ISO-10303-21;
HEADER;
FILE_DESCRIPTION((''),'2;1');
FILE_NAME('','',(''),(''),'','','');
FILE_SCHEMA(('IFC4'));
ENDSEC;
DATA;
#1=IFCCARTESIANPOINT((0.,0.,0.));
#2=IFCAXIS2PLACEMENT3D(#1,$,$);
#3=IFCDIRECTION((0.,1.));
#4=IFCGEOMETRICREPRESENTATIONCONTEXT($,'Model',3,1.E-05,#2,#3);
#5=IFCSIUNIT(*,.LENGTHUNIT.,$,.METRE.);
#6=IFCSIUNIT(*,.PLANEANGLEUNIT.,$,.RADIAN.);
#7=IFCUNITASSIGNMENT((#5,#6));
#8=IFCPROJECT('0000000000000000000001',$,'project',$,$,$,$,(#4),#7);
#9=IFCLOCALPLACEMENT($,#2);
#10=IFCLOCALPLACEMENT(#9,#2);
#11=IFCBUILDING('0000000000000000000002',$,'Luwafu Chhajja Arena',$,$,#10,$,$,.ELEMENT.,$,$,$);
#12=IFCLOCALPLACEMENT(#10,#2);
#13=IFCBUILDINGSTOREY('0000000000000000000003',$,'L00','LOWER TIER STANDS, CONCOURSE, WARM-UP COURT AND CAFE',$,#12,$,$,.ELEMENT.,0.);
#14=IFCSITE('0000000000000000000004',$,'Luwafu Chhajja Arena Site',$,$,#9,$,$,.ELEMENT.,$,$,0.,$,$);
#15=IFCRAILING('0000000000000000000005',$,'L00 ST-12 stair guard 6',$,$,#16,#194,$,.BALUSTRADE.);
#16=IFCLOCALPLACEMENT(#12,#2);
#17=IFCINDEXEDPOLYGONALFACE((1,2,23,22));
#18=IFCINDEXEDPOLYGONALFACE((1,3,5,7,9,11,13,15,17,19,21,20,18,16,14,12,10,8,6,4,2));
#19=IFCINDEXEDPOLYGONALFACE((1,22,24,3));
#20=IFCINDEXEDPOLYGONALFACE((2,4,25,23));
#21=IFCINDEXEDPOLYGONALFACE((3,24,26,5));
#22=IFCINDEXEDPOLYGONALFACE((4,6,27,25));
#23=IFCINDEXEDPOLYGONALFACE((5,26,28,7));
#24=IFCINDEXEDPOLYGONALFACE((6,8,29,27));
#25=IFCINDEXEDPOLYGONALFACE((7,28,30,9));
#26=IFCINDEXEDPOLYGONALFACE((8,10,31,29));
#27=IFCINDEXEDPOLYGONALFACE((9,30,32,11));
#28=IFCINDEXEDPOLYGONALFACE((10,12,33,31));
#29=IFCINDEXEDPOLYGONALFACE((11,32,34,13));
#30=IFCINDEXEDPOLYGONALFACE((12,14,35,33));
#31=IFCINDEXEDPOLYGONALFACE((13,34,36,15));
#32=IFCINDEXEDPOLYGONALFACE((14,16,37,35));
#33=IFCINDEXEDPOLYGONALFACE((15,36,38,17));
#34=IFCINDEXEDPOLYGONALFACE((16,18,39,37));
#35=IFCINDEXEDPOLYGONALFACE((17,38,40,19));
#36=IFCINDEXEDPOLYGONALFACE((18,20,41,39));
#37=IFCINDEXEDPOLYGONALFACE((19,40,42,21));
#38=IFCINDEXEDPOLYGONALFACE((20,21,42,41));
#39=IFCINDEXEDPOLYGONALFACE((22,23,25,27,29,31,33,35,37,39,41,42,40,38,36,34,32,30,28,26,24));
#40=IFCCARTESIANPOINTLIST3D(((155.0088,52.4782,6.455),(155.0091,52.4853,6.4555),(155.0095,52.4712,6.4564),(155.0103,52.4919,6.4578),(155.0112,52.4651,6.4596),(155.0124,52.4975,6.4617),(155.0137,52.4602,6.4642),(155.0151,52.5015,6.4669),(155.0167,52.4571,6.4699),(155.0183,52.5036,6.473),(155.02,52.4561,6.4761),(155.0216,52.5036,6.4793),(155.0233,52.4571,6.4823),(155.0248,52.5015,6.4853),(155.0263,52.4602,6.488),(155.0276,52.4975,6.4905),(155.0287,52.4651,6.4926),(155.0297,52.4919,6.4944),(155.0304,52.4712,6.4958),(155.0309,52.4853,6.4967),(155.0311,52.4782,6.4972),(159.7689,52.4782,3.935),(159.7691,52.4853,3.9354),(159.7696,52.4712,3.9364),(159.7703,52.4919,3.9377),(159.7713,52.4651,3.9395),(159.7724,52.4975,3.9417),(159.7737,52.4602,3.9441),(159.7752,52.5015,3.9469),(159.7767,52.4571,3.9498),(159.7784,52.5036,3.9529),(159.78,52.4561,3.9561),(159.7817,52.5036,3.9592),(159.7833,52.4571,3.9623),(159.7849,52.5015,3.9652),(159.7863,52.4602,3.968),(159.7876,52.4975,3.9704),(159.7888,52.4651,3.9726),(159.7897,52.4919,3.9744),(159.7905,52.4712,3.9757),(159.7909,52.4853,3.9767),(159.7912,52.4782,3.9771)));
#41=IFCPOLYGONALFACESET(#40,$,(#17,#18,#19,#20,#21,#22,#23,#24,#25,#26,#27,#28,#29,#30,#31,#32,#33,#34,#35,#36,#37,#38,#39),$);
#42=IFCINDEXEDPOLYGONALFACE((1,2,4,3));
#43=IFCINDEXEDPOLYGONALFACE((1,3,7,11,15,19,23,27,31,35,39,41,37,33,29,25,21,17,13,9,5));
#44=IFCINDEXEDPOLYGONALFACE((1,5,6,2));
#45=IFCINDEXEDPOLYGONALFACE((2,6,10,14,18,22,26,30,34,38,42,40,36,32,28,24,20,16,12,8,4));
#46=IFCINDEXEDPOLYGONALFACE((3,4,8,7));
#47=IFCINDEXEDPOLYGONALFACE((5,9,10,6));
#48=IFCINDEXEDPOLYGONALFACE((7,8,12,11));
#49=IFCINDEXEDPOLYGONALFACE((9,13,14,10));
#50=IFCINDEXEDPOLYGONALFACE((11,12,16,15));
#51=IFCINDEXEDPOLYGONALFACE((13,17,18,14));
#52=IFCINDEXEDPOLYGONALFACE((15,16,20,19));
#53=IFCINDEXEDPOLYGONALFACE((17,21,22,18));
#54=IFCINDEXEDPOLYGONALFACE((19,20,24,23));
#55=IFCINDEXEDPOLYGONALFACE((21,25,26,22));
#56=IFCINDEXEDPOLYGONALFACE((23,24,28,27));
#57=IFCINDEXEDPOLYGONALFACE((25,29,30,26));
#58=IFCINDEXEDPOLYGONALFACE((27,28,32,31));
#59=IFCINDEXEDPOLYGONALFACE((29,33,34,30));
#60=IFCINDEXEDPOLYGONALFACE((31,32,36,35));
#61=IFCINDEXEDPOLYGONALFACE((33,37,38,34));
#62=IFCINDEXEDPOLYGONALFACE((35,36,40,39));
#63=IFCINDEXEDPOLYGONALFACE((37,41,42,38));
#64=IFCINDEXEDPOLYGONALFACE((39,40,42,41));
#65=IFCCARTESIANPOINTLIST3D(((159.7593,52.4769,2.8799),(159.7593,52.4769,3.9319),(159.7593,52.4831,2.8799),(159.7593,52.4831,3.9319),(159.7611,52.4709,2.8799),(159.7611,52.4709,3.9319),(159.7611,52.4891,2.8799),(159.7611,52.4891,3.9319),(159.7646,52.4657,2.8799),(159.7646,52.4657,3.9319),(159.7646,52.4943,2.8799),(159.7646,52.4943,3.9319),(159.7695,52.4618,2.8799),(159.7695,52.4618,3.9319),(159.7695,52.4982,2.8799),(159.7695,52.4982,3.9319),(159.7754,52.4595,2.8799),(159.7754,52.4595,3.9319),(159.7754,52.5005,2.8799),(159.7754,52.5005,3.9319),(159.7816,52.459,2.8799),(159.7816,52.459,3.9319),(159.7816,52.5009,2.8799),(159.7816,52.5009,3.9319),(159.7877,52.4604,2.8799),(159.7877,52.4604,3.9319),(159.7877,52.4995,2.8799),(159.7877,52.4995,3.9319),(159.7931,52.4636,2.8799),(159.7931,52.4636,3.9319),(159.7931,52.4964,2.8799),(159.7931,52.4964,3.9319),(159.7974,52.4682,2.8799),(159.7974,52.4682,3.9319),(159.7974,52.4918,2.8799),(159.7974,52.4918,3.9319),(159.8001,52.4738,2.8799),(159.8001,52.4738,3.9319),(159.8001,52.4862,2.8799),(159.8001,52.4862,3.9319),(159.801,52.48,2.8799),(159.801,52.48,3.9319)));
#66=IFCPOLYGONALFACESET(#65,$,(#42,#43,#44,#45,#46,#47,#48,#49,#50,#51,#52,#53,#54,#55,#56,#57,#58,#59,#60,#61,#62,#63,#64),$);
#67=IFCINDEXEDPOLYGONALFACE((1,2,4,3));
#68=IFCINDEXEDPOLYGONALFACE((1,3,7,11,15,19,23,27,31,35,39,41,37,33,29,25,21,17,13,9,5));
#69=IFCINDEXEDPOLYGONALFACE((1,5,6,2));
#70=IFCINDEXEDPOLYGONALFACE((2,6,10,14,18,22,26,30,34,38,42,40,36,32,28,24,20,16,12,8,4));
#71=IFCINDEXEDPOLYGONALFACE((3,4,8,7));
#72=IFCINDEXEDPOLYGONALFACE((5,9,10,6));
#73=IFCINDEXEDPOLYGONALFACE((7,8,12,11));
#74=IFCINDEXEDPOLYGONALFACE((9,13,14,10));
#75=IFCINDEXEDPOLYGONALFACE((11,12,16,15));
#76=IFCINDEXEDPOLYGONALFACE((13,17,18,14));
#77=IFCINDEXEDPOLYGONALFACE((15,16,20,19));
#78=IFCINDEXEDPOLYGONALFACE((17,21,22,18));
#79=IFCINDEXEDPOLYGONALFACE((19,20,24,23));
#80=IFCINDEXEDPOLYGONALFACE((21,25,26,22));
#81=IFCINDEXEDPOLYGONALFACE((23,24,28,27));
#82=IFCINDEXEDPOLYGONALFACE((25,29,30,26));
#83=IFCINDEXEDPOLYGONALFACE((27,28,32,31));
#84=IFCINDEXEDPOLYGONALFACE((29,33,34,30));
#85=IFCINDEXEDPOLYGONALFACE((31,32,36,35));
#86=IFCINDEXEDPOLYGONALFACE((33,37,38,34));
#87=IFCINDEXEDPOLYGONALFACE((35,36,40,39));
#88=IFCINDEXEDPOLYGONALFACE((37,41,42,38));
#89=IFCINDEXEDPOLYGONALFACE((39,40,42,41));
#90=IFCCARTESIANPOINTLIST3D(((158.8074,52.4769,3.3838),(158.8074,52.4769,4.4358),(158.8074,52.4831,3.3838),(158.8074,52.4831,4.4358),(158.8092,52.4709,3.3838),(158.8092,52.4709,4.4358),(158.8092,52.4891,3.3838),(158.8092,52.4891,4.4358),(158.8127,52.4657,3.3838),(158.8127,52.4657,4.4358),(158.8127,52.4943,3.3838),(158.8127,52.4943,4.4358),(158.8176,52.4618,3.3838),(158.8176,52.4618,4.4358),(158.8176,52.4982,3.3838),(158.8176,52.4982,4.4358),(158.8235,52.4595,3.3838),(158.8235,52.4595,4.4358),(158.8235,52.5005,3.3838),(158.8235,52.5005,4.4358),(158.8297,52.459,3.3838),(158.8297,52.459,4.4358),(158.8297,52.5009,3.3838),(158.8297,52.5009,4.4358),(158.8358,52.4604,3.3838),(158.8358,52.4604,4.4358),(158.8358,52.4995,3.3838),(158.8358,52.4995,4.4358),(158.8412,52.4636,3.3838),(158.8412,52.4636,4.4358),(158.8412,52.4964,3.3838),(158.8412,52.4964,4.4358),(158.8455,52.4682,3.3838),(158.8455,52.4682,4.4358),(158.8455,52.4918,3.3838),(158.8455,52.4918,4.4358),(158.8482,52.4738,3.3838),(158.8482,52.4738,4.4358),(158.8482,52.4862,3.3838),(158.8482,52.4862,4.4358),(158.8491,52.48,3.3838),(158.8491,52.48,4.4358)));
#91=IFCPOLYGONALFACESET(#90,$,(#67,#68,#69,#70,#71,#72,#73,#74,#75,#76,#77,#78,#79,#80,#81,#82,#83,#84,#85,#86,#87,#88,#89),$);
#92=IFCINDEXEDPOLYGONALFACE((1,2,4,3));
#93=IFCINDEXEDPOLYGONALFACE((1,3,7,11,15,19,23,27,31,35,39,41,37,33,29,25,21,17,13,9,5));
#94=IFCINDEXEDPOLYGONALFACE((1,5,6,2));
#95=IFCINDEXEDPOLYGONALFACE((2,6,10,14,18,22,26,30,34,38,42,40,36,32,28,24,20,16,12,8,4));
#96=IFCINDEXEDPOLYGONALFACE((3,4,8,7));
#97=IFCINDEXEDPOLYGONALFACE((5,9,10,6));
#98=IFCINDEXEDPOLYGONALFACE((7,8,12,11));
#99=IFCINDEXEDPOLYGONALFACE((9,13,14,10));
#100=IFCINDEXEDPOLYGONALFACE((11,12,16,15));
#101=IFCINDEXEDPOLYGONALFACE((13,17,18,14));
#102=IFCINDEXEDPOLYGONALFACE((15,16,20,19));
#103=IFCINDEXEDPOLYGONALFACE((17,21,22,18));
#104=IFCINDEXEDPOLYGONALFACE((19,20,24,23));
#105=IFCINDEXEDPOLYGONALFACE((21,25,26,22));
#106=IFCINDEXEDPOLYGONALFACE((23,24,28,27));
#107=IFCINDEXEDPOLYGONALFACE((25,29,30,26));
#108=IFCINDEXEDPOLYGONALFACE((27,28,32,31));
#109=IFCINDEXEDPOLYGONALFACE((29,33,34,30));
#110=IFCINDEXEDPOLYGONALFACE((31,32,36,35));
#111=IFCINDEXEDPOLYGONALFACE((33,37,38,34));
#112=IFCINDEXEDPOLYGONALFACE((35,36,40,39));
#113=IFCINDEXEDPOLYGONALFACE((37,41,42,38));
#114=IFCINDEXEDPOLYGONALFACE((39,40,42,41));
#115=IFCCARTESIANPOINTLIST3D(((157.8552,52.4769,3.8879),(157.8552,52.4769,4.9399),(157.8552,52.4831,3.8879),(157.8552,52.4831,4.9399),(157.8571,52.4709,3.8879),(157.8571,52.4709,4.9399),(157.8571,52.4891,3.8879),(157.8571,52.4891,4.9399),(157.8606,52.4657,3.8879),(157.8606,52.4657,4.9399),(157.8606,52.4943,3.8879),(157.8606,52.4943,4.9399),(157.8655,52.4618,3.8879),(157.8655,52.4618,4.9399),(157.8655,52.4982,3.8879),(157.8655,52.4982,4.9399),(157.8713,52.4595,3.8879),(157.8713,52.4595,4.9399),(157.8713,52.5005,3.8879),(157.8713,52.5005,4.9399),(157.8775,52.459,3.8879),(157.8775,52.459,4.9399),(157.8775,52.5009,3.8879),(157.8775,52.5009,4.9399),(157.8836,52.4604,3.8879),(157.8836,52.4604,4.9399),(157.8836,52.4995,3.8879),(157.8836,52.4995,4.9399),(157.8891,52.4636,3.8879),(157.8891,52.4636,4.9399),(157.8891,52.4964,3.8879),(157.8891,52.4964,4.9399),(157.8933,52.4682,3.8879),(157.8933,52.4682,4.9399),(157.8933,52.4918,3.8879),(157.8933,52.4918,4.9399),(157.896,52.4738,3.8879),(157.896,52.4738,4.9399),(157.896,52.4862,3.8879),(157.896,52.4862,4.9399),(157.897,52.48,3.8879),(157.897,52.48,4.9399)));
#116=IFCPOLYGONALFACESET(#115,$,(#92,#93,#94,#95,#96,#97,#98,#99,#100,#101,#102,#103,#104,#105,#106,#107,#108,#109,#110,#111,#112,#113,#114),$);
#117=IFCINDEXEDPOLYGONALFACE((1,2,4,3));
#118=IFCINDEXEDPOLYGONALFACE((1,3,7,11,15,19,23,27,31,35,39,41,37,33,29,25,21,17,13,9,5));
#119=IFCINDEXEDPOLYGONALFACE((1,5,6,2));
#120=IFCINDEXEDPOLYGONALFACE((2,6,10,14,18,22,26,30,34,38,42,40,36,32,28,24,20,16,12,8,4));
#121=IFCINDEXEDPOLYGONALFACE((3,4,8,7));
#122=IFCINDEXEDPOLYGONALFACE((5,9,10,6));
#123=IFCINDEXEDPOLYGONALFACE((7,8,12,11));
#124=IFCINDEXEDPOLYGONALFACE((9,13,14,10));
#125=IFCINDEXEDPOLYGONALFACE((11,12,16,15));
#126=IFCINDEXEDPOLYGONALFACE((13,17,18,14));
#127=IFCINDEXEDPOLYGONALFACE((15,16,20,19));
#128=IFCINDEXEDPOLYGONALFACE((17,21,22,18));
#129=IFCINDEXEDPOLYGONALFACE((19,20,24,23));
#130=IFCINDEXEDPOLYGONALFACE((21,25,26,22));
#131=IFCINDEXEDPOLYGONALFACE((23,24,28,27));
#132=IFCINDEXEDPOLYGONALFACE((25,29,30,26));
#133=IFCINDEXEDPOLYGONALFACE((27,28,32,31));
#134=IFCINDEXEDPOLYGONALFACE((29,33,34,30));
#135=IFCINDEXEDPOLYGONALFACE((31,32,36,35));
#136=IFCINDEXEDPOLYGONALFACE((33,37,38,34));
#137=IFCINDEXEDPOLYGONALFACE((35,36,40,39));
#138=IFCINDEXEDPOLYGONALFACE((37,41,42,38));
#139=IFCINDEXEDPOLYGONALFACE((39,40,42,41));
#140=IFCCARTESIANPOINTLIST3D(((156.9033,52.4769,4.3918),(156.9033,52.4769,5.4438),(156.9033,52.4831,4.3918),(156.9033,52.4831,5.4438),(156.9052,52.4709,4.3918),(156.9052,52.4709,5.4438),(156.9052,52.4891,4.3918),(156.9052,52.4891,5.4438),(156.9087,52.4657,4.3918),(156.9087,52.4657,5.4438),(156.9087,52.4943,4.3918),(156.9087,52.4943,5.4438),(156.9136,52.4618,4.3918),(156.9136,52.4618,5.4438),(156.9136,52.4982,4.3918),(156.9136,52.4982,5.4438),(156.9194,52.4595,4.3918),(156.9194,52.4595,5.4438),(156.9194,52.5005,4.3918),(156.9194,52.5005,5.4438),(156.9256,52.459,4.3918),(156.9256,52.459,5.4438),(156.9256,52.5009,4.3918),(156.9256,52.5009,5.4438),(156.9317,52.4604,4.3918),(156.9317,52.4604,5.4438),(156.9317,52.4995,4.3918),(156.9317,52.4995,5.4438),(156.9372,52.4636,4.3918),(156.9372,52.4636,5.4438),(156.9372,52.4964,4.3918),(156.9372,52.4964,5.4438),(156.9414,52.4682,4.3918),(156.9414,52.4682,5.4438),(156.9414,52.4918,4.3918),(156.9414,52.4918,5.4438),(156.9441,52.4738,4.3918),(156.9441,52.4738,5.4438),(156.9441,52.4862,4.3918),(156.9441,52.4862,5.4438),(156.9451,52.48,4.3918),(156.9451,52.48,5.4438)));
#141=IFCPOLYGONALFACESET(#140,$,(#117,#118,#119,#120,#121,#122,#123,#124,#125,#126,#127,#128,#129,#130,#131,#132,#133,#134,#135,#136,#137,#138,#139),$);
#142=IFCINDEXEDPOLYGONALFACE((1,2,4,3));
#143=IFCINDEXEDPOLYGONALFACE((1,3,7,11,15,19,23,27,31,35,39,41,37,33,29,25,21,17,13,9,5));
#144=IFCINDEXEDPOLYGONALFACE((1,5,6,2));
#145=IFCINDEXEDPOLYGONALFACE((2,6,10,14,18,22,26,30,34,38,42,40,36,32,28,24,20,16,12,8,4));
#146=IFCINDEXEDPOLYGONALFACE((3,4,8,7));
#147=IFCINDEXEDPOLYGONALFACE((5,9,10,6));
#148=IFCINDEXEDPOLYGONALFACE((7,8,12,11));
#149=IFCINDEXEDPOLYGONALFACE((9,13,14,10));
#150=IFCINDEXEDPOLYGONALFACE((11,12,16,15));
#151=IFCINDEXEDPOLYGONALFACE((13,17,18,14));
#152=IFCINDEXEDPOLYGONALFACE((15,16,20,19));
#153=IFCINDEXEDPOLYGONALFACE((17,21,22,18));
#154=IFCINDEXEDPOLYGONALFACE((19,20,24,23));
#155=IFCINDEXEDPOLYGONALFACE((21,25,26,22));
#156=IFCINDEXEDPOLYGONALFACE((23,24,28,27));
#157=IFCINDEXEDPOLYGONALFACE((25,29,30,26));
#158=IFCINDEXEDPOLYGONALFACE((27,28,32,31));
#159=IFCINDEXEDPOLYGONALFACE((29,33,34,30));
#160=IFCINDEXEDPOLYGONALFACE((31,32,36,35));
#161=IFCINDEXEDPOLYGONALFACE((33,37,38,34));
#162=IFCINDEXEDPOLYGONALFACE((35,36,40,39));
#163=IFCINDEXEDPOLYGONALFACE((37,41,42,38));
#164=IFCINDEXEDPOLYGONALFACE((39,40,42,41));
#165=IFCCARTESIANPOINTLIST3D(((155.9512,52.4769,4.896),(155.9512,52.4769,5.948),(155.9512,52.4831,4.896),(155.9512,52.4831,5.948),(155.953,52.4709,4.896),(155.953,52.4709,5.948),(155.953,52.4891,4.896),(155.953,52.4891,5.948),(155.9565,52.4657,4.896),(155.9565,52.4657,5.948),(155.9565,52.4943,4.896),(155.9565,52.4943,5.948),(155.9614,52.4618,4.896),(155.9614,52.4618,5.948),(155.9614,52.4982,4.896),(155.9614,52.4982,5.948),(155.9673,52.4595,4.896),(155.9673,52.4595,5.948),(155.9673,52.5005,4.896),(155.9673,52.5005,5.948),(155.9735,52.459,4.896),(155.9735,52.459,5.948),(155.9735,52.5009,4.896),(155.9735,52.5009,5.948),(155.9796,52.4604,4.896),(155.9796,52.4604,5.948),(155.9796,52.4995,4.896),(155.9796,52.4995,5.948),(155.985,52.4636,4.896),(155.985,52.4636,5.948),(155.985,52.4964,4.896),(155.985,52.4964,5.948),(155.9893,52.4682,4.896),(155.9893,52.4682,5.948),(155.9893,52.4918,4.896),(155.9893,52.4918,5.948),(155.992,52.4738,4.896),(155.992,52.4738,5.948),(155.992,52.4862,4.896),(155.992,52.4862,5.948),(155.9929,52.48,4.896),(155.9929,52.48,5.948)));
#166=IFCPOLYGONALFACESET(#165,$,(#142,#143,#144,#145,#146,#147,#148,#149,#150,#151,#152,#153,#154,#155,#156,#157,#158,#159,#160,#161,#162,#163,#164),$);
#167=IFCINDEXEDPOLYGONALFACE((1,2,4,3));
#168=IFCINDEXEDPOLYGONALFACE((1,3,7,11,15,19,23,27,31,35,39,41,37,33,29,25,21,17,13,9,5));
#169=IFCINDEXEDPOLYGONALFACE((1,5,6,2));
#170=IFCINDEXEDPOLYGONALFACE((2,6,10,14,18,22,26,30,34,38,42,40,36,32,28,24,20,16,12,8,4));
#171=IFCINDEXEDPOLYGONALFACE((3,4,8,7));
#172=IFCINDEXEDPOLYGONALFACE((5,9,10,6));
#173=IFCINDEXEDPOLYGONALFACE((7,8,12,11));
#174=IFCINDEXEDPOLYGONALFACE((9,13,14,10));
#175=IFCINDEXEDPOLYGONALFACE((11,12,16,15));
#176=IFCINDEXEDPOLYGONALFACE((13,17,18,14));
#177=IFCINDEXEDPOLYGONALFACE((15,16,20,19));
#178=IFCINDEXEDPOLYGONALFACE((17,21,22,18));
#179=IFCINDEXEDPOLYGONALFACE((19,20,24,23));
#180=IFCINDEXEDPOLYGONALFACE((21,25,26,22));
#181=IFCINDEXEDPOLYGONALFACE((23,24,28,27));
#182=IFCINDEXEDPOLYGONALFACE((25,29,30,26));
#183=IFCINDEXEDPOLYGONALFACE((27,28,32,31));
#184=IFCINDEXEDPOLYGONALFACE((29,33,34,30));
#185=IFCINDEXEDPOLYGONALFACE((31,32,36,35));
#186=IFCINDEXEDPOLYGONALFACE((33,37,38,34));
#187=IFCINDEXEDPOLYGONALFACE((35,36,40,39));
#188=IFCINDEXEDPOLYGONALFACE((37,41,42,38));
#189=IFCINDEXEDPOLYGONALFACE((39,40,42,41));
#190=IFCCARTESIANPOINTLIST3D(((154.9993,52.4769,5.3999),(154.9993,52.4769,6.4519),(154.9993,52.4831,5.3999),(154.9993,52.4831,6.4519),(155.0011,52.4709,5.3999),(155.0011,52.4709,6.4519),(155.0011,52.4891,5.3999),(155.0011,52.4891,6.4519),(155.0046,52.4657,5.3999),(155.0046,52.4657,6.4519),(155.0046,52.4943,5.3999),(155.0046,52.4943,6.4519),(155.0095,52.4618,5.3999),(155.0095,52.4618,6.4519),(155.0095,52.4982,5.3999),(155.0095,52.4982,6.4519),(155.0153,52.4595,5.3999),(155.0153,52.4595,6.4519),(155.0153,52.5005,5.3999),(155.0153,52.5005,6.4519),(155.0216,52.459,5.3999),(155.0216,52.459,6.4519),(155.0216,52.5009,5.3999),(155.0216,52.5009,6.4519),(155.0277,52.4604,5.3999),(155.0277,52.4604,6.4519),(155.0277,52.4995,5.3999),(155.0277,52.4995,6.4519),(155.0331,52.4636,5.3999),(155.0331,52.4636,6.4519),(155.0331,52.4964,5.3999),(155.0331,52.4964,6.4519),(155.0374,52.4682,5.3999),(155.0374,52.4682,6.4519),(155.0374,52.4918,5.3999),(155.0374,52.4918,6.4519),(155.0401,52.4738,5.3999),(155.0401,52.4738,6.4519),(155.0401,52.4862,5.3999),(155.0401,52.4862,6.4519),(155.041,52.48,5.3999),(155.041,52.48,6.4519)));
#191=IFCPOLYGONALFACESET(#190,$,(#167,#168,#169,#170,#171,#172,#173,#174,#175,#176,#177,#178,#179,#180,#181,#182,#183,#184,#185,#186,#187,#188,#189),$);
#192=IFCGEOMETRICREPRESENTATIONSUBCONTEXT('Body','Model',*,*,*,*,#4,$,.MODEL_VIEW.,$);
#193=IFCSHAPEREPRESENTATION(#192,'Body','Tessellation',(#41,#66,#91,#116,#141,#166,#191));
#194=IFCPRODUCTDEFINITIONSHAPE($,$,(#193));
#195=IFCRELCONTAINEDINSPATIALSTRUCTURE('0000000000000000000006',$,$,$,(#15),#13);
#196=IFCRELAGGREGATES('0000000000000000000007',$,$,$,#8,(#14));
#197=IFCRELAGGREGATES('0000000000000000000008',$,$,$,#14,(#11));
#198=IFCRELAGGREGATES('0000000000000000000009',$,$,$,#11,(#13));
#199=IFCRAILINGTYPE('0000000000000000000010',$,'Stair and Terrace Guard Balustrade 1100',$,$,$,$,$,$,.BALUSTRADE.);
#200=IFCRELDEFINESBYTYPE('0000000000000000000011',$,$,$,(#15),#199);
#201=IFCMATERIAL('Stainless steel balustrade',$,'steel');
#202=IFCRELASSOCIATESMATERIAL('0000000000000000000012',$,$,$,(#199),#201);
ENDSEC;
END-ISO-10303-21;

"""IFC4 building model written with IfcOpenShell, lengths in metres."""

from ifc_helpers import new_model, si_unit, direction, frame, origin, origin_2d, place, context, subcontext, project, spatial, circle, extrude, material, type_object, element, save


model = new_model("IFC4")

# Units and contexts
model_context = context("Model", 3, precision=1e-05, world=origin(), true_north=direction((0.0, 1.0)))
body_context = subcontext(model_context, "Body", "Model", "MODEL_VIEW")
ifc_project = project(units=[si_unit("LENGTHUNIT", "METRE"), si_unit("PLANEANGLEUNIT", "RADIAN")], contexts=[model_context])

# Site, building, storey
site_placement = place(None, origin())
site = spatial("IfcSite", under=ifc_project, at=site_placement, Name="Luwafu Chhajja Arena Site", CompositionType="ELEMENT", RefElevation=0.0)
building_placement = place(site_placement, origin())
building = spatial("IfcBuilding", under=site, at=building_placement, Name="Luwafu Chhajja Arena", CompositionType="ELEMENT")
storey_placement = place(building_placement, origin())
storey = spatial("IfcBuildingStorey", under=building, at=storey_placement, Name="L00", Description="LOWER TIER STANDS, CONCOURSE, WARM-UP COURT AND CAFE", CompositionType="ELEMENT", Elevation=0.0)

# Railing
ifc_material_1 = material(Name="Stainless steel balustrade", Category="steel")
railing_type_1 = type_object("IfcRailingType", Name="Stair and Terrace Guard Balustrade 1100", PredefinedType="BALUSTRADE", material=ifc_material_1)
railing_1_placement = place(storey_placement, frame((159.78, 52.48, 2.8799)))
element("IfcRailing", 1, at=railing_1_placement, inside=storey, type_object=railing_type_1, Name="L00 ST-12 stair guard 6", PredefinedType="BALUSTRADE", context=body_context, shape_type="SweptSolid", body=[
    extrude(circle(Radius=0.0239, at=origin_2d()), frame((0.0, 0.0, 1.0762), z_axis=(-0.883787, 0.0, 0.46789), x_axis=(0.0, -1.0, 0.0)), (0.0, 0.0, 1.0), 5.386),
    extrude(circle(Radius=0.021, at=origin_2d()), origin(), (0.0, 0.0, 1.0), 1.052),
    extrude(circle(Radius=0.021, at=origin_2d()), frame((-0.9519, 0.0, 0.5039)), (0.0, 0.0, 1.0), 1.052),
    extrude(circle(Radius=0.021, at=origin_2d()), frame((-1.9041, 0.0, 1.0081)), (0.0, 0.0, 1.0), 1.052),
    extrude(circle(Radius=0.021, at=origin_2d()), frame((-2.856, 0.0, 1.512)), (0.0, 0.0, 1.0), 1.052),
    extrude(circle(Radius=0.021, at=origin_2d()), frame((-3.8081, 0.0, 2.0161)), (0.0, 0.0, 1.0), 1.052),
    extrude(circle(Radius=0.021, at=origin_2d()), frame((-4.76, 0.0, 2.52)), (0.0, 0.0, 1.0), 1.052),
])

save(model, "model.ifc")
